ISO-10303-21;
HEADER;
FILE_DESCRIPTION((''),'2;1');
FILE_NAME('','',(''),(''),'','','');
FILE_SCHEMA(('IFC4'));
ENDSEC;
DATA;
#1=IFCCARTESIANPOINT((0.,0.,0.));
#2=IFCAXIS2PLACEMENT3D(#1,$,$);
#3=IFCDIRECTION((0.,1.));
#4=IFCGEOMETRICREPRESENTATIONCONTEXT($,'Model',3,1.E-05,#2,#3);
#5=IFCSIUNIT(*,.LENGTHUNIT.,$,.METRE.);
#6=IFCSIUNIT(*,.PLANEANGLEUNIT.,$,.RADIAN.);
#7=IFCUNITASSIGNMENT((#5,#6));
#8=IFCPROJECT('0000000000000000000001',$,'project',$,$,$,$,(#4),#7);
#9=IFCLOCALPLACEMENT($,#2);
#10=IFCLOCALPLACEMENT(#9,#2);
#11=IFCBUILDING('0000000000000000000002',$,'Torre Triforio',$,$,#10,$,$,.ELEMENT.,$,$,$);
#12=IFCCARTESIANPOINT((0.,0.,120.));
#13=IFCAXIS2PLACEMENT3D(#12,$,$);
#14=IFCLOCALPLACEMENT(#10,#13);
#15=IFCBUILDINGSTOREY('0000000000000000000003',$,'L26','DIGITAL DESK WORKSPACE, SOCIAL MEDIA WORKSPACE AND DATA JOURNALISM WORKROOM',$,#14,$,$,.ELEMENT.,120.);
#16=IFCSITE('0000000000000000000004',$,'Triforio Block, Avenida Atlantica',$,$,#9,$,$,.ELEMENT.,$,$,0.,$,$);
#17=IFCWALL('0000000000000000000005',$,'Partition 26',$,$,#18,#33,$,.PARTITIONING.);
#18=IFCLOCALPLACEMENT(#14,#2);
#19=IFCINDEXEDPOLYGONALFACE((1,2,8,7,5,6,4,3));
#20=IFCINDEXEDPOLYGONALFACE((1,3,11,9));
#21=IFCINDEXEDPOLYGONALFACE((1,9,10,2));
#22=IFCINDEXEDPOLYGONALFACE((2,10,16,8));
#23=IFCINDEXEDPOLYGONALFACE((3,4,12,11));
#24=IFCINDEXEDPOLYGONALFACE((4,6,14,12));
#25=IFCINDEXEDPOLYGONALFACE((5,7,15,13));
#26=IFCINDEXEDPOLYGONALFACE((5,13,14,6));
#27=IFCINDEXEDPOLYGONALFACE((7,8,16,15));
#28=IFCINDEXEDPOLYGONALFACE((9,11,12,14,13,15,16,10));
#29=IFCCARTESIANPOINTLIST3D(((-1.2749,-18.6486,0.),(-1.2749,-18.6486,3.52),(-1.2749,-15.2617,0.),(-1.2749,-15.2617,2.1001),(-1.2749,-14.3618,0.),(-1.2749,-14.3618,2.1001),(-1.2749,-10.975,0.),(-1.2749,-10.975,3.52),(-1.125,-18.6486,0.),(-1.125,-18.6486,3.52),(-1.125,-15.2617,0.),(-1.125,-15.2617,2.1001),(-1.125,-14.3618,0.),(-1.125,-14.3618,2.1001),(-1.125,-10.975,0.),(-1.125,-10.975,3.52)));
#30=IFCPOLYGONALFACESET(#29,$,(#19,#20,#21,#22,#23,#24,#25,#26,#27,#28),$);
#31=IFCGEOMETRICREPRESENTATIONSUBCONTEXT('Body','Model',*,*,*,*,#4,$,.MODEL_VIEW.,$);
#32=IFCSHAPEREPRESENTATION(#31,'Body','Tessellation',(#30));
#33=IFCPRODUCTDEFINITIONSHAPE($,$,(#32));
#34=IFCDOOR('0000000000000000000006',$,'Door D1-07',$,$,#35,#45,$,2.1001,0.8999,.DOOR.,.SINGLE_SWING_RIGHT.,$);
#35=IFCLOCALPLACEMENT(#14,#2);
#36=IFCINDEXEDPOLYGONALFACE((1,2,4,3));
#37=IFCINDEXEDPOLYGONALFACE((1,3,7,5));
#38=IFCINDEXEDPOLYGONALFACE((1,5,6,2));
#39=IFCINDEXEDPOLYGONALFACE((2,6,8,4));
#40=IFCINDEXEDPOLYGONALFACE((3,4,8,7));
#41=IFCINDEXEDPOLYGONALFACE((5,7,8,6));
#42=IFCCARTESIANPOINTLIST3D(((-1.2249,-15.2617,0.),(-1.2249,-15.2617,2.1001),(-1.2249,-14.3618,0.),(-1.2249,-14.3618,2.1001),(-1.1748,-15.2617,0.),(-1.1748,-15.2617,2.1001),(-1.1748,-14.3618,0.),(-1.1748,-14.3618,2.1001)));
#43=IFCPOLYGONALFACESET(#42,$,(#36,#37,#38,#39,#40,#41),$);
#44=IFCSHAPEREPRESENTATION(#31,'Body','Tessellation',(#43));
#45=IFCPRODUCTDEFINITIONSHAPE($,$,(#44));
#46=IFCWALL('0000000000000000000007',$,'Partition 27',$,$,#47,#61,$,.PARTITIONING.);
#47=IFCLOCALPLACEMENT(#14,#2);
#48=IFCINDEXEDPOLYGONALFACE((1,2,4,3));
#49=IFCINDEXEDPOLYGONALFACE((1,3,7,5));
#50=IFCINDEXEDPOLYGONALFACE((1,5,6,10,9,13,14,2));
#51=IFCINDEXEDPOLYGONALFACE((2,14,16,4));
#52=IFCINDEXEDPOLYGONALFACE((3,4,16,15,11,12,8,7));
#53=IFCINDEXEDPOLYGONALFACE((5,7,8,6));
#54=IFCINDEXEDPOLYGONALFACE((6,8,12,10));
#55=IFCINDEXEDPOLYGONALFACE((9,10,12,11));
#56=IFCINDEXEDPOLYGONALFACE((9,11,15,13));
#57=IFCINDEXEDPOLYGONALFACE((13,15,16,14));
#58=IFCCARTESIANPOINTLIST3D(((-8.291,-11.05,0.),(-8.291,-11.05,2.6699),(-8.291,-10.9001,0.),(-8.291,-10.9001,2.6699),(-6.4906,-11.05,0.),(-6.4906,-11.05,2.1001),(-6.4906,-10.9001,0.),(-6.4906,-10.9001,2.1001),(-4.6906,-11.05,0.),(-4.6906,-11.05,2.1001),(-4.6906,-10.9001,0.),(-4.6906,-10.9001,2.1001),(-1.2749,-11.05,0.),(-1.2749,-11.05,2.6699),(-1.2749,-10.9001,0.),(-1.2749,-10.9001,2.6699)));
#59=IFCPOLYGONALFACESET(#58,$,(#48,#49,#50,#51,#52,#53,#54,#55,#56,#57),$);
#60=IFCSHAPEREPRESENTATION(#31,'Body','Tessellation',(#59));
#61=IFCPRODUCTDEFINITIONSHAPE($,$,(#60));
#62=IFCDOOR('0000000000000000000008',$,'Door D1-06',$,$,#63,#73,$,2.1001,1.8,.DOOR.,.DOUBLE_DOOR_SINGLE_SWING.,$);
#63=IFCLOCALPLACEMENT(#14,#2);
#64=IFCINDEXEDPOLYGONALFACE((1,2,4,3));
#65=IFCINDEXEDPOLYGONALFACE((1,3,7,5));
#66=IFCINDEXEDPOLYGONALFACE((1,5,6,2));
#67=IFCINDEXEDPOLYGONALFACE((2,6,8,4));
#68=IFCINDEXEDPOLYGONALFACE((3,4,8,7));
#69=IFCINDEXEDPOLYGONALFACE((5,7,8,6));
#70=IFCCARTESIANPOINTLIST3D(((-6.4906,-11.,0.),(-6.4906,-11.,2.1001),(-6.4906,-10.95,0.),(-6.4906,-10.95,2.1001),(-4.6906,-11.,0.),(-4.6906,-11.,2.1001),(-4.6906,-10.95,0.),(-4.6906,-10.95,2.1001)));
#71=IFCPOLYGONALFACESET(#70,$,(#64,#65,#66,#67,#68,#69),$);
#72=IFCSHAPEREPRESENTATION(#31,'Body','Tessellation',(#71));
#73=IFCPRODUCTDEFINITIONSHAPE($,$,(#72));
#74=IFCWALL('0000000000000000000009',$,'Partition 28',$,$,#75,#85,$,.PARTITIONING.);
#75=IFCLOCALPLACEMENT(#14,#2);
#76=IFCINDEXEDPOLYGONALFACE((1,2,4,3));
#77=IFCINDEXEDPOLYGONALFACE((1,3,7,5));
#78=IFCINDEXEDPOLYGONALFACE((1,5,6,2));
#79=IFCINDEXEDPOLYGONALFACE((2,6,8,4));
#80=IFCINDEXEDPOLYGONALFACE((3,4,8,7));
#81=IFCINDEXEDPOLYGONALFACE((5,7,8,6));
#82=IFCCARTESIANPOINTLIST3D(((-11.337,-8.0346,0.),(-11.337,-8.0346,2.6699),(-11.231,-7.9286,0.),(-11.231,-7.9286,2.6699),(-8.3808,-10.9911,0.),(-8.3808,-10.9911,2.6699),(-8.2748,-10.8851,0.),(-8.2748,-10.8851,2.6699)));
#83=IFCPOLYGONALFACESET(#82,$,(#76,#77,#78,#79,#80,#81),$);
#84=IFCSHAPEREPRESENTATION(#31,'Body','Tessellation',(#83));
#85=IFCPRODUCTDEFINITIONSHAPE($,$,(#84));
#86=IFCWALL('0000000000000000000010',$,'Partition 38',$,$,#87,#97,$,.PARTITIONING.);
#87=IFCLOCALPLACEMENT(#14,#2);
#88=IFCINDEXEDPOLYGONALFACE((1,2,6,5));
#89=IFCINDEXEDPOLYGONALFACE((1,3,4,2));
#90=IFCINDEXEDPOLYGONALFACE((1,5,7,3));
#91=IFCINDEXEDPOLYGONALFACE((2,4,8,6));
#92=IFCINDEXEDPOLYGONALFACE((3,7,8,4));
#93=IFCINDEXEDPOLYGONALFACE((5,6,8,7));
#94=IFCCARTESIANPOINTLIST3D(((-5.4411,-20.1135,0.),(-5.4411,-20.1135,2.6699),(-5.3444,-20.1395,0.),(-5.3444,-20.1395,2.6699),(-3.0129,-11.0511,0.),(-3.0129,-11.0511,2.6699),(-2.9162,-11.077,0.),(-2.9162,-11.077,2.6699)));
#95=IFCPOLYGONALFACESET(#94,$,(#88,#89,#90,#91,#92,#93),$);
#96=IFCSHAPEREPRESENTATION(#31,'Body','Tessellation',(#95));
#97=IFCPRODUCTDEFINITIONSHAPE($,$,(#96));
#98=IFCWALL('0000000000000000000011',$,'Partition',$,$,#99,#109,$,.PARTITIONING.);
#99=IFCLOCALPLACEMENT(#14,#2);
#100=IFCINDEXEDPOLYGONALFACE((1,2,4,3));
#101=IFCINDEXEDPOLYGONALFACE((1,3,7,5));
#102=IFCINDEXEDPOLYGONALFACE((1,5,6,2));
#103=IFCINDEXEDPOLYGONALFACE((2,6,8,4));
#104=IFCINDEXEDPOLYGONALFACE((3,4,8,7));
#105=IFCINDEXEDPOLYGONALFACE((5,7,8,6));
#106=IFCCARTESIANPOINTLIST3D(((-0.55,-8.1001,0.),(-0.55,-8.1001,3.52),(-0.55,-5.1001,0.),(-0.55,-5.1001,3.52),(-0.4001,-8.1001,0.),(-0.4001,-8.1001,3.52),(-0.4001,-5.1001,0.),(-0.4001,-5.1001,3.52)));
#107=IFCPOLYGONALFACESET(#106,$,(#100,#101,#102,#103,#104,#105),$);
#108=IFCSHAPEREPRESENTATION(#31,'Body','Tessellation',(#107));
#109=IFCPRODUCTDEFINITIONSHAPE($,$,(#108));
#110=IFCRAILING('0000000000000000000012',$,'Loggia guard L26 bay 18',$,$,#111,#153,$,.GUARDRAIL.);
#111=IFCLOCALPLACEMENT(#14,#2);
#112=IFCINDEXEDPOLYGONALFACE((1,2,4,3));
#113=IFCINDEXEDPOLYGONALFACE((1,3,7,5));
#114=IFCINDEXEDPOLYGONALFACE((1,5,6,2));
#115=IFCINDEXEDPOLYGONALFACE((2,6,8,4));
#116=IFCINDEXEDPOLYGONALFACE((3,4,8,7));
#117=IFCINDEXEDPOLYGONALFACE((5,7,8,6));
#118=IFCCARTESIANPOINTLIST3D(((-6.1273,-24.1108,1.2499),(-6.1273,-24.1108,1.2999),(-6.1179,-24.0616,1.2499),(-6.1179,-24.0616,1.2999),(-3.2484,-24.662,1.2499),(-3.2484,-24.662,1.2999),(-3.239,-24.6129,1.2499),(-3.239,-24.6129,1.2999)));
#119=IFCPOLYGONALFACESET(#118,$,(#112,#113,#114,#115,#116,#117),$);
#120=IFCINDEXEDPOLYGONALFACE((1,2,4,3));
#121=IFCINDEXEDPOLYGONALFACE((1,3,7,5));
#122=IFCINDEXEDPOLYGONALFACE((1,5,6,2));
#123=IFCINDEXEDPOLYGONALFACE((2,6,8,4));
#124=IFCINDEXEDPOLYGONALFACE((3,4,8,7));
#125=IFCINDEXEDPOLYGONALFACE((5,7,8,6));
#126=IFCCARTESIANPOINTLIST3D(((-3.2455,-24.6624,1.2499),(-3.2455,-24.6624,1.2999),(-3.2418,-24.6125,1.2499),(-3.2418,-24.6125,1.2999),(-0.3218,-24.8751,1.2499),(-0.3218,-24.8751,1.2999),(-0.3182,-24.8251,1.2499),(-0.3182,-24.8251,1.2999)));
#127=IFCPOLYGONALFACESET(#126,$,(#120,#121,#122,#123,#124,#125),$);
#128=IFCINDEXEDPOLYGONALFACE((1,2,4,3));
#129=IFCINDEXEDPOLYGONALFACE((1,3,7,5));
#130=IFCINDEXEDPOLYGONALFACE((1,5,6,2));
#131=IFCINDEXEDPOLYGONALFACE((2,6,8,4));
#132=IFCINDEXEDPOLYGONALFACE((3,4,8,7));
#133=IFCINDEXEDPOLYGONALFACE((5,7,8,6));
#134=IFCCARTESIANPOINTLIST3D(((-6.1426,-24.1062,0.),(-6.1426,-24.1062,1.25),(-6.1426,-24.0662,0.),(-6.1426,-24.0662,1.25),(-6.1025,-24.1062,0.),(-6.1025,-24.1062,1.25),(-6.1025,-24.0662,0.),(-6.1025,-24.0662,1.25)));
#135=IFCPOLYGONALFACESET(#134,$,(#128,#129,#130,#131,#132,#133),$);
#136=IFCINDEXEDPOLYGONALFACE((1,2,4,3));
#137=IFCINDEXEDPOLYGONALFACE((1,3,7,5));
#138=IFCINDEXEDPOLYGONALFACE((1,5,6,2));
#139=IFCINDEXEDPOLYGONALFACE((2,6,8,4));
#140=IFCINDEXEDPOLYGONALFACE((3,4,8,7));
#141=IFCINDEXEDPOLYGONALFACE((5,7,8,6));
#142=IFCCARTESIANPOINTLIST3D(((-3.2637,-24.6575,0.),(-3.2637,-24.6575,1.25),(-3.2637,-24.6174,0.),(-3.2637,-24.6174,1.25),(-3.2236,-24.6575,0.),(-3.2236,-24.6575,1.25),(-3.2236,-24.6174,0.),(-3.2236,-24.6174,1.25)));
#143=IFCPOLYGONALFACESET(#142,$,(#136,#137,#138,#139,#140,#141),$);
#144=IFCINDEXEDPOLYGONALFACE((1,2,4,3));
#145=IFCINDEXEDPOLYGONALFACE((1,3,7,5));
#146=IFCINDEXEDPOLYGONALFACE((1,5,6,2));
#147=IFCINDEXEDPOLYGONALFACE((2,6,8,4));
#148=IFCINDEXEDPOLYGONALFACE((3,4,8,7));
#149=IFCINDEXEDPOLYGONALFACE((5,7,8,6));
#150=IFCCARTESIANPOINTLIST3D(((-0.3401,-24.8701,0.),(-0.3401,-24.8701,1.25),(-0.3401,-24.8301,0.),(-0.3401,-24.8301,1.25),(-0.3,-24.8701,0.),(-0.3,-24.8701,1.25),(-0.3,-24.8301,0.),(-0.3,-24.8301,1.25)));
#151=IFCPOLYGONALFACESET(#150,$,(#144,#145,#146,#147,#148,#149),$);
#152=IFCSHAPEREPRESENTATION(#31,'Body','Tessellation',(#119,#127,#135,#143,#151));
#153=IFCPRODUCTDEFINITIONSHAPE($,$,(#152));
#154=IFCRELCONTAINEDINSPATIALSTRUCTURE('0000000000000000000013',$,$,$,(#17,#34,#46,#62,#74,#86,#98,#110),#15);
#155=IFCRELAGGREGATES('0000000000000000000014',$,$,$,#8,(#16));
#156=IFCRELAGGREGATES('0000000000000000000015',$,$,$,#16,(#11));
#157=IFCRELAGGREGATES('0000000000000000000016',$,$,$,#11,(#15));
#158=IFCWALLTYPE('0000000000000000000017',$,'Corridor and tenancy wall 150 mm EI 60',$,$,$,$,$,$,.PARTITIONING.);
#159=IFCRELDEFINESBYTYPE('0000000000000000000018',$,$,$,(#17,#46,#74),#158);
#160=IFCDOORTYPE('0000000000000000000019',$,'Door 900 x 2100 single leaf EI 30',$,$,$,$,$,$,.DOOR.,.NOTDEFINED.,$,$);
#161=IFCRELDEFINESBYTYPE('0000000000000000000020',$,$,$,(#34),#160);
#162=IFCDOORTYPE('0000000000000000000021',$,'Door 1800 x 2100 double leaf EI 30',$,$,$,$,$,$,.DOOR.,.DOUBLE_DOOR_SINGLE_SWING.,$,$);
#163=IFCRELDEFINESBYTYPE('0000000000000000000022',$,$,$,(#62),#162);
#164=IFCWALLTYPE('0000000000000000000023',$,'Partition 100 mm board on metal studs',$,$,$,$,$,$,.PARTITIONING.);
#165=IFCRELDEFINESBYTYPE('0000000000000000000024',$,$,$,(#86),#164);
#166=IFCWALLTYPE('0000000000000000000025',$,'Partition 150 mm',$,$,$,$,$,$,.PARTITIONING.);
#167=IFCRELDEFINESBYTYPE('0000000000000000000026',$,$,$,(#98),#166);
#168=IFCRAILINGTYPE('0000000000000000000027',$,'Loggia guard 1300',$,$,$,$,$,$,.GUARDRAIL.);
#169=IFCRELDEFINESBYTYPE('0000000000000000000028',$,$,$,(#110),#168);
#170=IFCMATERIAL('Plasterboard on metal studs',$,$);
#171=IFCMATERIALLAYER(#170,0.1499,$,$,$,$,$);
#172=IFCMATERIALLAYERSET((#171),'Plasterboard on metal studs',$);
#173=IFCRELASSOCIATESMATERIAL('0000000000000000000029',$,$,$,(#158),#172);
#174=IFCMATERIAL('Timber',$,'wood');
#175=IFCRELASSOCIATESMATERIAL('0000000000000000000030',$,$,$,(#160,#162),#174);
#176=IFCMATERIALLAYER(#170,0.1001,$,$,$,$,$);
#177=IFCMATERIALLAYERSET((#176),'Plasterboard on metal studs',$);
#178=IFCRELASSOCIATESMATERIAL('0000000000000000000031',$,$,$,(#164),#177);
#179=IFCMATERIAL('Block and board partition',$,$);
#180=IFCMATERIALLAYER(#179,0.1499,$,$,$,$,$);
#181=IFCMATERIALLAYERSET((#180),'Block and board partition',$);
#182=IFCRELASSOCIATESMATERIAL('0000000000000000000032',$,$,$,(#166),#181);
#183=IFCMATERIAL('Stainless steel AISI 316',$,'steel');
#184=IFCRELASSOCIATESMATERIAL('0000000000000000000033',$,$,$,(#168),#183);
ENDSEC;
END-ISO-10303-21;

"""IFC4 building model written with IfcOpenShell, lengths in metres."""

from ifc_helpers import new_model, si_unit, direction, frame, frame_2d, origin, origin_2d, place, context, subcontext, project, spatial, rectangle, extrude, material, layer, layer_set, type_object, element, fill, save


model = new_model("IFC4")

# Units and contexts
model_context = context("Model", 3, precision=1e-05, world=origin(), true_north=direction((0.0, 1.0)))
body_context = subcontext(model_context, "Body", "Model", "MODEL_VIEW")
ifc_project = project(units=[si_unit("LENGTHUNIT", "METRE"), si_unit("PLANEANGLEUNIT", "RADIAN")], contexts=[model_context])

# Site, building, storey
site_placement = place(None, origin())
site = spatial("IfcSite", under=ifc_project, at=site_placement, Name="Triforio Block, Avenida Atlantica", CompositionType="ELEMENT", RefElevation=0.0)
building_placement = place(site_placement, origin())
building = spatial("IfcBuilding", under=site, at=building_placement, Name="Torre Triforio", CompositionType="ELEMENT")
storey_placement = place(building_placement, frame((0.0, 0.0, 120.0)))
storey = spatial("IfcBuildingStorey", under=building, at=storey_placement, Name="L26", Description="DIGITAL DESK WORKSPACE, SOCIAL MEDIA WORKSPACE AND DATA JOURNALISM WORKROOM", CompositionType="ELEMENT", Elevation=120.0)

# Walls, openings, doors
ifc_material_1 = material(Name="Plasterboard on metal studs")
ifc_layer_1 = layer(ifc_material_1, 0.1499)
ifc_layer_set_1 = layer_set([ifc_layer_1], Name="Plasterboard on metal studs")
wall_type_1 = type_object("IfcWallType", Name="Corridor and tenancy wall 150 mm EI 60", PredefinedType="PARTITIONING", material=ifc_layer_set_1)
wall_1_placement = place(storey_placement, frame((-1.2, -18.6487, 0.0), z_axis=(0.0, 0.0, 1.0), x_axis=(0.0, 1.0, 0.0)))
wall_1 = element("IfcWall", 1, at=wall_1_placement, inside=storey, type_object=wall_type_1, Name="Partition 26", PredefinedType="PARTITIONING", context=body_context, shape_type="SweptSolid", body=[
    extrude(rectangle(XDim=7.6736, YDim=0.1499, at=frame_2d((3.8369, 0.0))), origin(), (0.0, 0.0, 1.0), 3.52),
])
opening_1_placement = place(wall_1_placement, frame((3.387, 0.0, 0.0)))
opening_1 = element("IfcOpeningElement", 2, at=opening_1_placement, cuts=wall_1, PredefinedType="OPENING", context=body_context, shape_type="SweptSolid", body=[
    extrude(rectangle(XDim=0.8999, YDim=2.1001, at=frame_2d((0.45, 1.05))), frame((0.0, 0.085, 0.0), z_axis=(0.0, -1.0, 0.0), x_axis=(1.0, 0.0, 0.0)), (0.0, 0.0, 1.0), 0.1699),
])
ifc_material_2 = material(Name="Timber", Category="wood")
door_type_1 = type_object("IfcDoorType", Name="Door 900 x 2100 single leaf EI 30", OperationType="NOTDEFINED", PredefinedType="DOOR", material=ifc_material_2)
door_1_placement = place(opening_1_placement, origin())
door_1 = element("IfcDoor", 3, at=door_1_placement, inside=storey, type_object=door_type_1, Name="Door D1-07", OperationType="SINGLE_SWING_RIGHT", OverallHeight=2.1001, OverallWidth=0.8999, PredefinedType="DOOR", context=body_context, shape_type="SweptSolid", body=[
    extrude(rectangle(XDim=0.8999, YDim=2.1001, at=frame_2d((0.45, 1.05))), frame((0.0, 0.0249, 0.0), z_axis=(0.0, -1.0, 0.0), x_axis=(1.0, 0.0, 0.0)), (0.0, 0.0, 1.0), 0.05),
])
fill(opening_1, door_1)
wall_2_placement = place(storey_placement, frame((-1.2749, -10.9751, 0.0), z_axis=(0.0, 0.0, 1.0), x_axis=(-1.0, 0.0, 0.0)))
wall_2 = element("IfcWall", 4, at=wall_2_placement, inside=storey, type_object=wall_type_1, Name="Partition 27", PredefinedType="PARTITIONING", context=body_context, shape_type="SweptSolid", body=[
    extrude(rectangle(XDim=7.0161, YDim=0.1499, at=frame_2d((3.5081, 0.0))), origin(), (0.0, 0.0, 1.0), 2.6699),
])
opening_2_placement = place(wall_2_placement, frame((3.4158, 0.0, 0.0)))
opening_2 = element("IfcOpeningElement", 5, at=opening_2_placement, cuts=wall_2, PredefinedType="OPENING", context=body_context, shape_type="SweptSolid", body=[
    extrude(rectangle(XDim=1.8, YDim=2.1001, at=frame_2d((0.8999, 1.05))), frame((0.0, 0.085, 0.0), z_axis=(0.0, -1.0, 0.0), x_axis=(1.0, 0.0, 0.0)), (0.0, 0.0, 1.0), 0.1699),
])
door_type_2 = type_object("IfcDoorType", Name="Door 1800 x 2100 double leaf EI 30", OperationType="DOUBLE_DOOR_SINGLE_SWING", PredefinedType="DOOR", material=ifc_material_2)
door_2_placement = place(opening_2_placement, origin())
door_2 = element("IfcDoor", 6, at=door_2_placement, inside=storey, type_object=door_type_2, Name="Door D1-06", OperationType="DOUBLE_DOOR_SINGLE_SWING", OverallHeight=2.1001, OverallWidth=1.8, PredefinedType="DOOR", context=body_context, shape_type="SweptSolid", body=[
    extrude(rectangle(XDim=1.8, YDim=2.1001, at=frame_2d((0.8999, 1.05))), frame((0.0, 0.0249, 0.0), z_axis=(0.0, -1.0, 0.0), x_axis=(1.0, 0.0, 0.0)), (0.0, 0.0, 1.0), 0.05),
])
fill(opening_2, door_2)

# Walls
wall_3_placement = place(storey_placement, frame((-8.3279, -10.938, 0.0), z_axis=(0.0, 0.0, 1.0), x_axis=(-0.707078, 0.707136, 0.0)))
element("IfcWall", 7, at=wall_3_placement, inside=storey, type_object=wall_type_1, Name="Partition 28", PredefinedType="PARTITIONING", context=body_context, shape_type="SweptSolid", body=[
    extrude(rectangle(XDim=4.1809, YDim=0.1499, at=frame_2d((2.0903, 0.0))), origin(), (0.0, 0.0, 1.0), 2.6699),
])
ifc_layer_2 = layer(ifc_material_1, 0.1001)
ifc_layer_set_2 = layer_set([ifc_layer_2], Name="Plasterboard on metal studs")
wall_type_2 = type_object("IfcWallType", Name="Partition 100 mm board on metal studs", PredefinedType="PARTITIONING", material=ifc_layer_set_2)
wall_4_placement = place(storey_placement, frame((-2.9646, -11.0642, 0.0), z_axis=(0.0, 0.0, 1.0), x_axis=(-0.258812, -0.965928, 0.0)))
element("IfcWall", 8, at=wall_4_placement, inside=storey, type_object=wall_type_2, Name="Partition 38", PredefinedType="PARTITIONING", context=body_context, shape_type="SweptSolid", body=[
    extrude(rectangle(XDim=9.3821, YDim=0.1001, at=frame_2d((4.6909, 0.0))), origin(), (0.0, 0.0, 1.0), 2.6699),
])
ifc_material_3 = material(Name="Block and board partition")
ifc_layer_3 = layer(ifc_material_3, 0.1499)
ifc_layer_set_3 = layer_set([ifc_layer_3], Name="Block and board partition")
wall_type_3 = type_object("IfcWallType", Name="Partition 150 mm", PredefinedType="PARTITIONING", material=ifc_layer_set_3)
wall_5_placement = place(storey_placement, frame((-0.4751, -8.1001, 0.0), z_axis=(0.0, 0.0, 1.0), x_axis=(0.0, 1.0, 0.0)))
element("IfcWall", 9, at=wall_5_placement, inside=storey, type_object=wall_type_3, Name="Partition", PredefinedType="PARTITIONING", context=body_context, shape_type="SweptSolid", body=[
    extrude(rectangle(XDim=3.0, YDim=0.1499, at=frame_2d((1.5, 0.0))), origin(), (0.0, 0.0, 1.0), 3.52),
])

# Railing
ifc_material_4 = material(Name="Stainless steel AISI 316", Category="steel")
railing_type = type_object("IfcRailingType", Name="Loggia guard 1300", PredefinedType="GUARDRAIL", material=ifc_material_4)
railing_placement = place(storey_placement, frame((-6.1226, -24.0862, 0.0)))
element("IfcRailing", 10, at=railing_placement, inside=storey, type_object=railing_type, Name="Loggia guard L26 bay 18", PredefinedType="GUARDRAIL", context=body_context, shape_type="SweptSolid", body=[
    extrude(rectangle(XDim=0.05, YDim=0.05, at=origin_2d()), frame((0.0, 0.0, 1.2749), z_axis=(0.982156, -0.188069, 0.0), x_axis=(0.188069, 0.982156, 0.0)), (0.0, 0.0, 1.0), 2.9312),
    extrude(rectangle(XDim=0.05, YDim=0.05, at=origin_2d()), frame((2.8789, -0.5513, 1.2749), z_axis=(0.997365, -0.072543, 0.0), x_axis=(0.072543, 0.997365, 0.0)), (0.0, 0.0, 1.0), 2.9314),
    extrude(rectangle(XDim=0.04, YDim=0.04, at=origin_2d()), origin(), (0.0, 0.0, 1.0), 1.25),
    extrude(rectangle(XDim=0.04, YDim=0.04, at=origin_2d()), frame((2.8789, -0.5513, 0.0)), (0.0, 0.0, 1.0), 1.25),
    extrude(rectangle(XDim=0.04, YDim=0.04, at=origin_2d()), frame((5.8025, -0.7639, 0.0)), (0.0, 0.0, 1.0), 1.25),
])

save(model, "model.ifc")
